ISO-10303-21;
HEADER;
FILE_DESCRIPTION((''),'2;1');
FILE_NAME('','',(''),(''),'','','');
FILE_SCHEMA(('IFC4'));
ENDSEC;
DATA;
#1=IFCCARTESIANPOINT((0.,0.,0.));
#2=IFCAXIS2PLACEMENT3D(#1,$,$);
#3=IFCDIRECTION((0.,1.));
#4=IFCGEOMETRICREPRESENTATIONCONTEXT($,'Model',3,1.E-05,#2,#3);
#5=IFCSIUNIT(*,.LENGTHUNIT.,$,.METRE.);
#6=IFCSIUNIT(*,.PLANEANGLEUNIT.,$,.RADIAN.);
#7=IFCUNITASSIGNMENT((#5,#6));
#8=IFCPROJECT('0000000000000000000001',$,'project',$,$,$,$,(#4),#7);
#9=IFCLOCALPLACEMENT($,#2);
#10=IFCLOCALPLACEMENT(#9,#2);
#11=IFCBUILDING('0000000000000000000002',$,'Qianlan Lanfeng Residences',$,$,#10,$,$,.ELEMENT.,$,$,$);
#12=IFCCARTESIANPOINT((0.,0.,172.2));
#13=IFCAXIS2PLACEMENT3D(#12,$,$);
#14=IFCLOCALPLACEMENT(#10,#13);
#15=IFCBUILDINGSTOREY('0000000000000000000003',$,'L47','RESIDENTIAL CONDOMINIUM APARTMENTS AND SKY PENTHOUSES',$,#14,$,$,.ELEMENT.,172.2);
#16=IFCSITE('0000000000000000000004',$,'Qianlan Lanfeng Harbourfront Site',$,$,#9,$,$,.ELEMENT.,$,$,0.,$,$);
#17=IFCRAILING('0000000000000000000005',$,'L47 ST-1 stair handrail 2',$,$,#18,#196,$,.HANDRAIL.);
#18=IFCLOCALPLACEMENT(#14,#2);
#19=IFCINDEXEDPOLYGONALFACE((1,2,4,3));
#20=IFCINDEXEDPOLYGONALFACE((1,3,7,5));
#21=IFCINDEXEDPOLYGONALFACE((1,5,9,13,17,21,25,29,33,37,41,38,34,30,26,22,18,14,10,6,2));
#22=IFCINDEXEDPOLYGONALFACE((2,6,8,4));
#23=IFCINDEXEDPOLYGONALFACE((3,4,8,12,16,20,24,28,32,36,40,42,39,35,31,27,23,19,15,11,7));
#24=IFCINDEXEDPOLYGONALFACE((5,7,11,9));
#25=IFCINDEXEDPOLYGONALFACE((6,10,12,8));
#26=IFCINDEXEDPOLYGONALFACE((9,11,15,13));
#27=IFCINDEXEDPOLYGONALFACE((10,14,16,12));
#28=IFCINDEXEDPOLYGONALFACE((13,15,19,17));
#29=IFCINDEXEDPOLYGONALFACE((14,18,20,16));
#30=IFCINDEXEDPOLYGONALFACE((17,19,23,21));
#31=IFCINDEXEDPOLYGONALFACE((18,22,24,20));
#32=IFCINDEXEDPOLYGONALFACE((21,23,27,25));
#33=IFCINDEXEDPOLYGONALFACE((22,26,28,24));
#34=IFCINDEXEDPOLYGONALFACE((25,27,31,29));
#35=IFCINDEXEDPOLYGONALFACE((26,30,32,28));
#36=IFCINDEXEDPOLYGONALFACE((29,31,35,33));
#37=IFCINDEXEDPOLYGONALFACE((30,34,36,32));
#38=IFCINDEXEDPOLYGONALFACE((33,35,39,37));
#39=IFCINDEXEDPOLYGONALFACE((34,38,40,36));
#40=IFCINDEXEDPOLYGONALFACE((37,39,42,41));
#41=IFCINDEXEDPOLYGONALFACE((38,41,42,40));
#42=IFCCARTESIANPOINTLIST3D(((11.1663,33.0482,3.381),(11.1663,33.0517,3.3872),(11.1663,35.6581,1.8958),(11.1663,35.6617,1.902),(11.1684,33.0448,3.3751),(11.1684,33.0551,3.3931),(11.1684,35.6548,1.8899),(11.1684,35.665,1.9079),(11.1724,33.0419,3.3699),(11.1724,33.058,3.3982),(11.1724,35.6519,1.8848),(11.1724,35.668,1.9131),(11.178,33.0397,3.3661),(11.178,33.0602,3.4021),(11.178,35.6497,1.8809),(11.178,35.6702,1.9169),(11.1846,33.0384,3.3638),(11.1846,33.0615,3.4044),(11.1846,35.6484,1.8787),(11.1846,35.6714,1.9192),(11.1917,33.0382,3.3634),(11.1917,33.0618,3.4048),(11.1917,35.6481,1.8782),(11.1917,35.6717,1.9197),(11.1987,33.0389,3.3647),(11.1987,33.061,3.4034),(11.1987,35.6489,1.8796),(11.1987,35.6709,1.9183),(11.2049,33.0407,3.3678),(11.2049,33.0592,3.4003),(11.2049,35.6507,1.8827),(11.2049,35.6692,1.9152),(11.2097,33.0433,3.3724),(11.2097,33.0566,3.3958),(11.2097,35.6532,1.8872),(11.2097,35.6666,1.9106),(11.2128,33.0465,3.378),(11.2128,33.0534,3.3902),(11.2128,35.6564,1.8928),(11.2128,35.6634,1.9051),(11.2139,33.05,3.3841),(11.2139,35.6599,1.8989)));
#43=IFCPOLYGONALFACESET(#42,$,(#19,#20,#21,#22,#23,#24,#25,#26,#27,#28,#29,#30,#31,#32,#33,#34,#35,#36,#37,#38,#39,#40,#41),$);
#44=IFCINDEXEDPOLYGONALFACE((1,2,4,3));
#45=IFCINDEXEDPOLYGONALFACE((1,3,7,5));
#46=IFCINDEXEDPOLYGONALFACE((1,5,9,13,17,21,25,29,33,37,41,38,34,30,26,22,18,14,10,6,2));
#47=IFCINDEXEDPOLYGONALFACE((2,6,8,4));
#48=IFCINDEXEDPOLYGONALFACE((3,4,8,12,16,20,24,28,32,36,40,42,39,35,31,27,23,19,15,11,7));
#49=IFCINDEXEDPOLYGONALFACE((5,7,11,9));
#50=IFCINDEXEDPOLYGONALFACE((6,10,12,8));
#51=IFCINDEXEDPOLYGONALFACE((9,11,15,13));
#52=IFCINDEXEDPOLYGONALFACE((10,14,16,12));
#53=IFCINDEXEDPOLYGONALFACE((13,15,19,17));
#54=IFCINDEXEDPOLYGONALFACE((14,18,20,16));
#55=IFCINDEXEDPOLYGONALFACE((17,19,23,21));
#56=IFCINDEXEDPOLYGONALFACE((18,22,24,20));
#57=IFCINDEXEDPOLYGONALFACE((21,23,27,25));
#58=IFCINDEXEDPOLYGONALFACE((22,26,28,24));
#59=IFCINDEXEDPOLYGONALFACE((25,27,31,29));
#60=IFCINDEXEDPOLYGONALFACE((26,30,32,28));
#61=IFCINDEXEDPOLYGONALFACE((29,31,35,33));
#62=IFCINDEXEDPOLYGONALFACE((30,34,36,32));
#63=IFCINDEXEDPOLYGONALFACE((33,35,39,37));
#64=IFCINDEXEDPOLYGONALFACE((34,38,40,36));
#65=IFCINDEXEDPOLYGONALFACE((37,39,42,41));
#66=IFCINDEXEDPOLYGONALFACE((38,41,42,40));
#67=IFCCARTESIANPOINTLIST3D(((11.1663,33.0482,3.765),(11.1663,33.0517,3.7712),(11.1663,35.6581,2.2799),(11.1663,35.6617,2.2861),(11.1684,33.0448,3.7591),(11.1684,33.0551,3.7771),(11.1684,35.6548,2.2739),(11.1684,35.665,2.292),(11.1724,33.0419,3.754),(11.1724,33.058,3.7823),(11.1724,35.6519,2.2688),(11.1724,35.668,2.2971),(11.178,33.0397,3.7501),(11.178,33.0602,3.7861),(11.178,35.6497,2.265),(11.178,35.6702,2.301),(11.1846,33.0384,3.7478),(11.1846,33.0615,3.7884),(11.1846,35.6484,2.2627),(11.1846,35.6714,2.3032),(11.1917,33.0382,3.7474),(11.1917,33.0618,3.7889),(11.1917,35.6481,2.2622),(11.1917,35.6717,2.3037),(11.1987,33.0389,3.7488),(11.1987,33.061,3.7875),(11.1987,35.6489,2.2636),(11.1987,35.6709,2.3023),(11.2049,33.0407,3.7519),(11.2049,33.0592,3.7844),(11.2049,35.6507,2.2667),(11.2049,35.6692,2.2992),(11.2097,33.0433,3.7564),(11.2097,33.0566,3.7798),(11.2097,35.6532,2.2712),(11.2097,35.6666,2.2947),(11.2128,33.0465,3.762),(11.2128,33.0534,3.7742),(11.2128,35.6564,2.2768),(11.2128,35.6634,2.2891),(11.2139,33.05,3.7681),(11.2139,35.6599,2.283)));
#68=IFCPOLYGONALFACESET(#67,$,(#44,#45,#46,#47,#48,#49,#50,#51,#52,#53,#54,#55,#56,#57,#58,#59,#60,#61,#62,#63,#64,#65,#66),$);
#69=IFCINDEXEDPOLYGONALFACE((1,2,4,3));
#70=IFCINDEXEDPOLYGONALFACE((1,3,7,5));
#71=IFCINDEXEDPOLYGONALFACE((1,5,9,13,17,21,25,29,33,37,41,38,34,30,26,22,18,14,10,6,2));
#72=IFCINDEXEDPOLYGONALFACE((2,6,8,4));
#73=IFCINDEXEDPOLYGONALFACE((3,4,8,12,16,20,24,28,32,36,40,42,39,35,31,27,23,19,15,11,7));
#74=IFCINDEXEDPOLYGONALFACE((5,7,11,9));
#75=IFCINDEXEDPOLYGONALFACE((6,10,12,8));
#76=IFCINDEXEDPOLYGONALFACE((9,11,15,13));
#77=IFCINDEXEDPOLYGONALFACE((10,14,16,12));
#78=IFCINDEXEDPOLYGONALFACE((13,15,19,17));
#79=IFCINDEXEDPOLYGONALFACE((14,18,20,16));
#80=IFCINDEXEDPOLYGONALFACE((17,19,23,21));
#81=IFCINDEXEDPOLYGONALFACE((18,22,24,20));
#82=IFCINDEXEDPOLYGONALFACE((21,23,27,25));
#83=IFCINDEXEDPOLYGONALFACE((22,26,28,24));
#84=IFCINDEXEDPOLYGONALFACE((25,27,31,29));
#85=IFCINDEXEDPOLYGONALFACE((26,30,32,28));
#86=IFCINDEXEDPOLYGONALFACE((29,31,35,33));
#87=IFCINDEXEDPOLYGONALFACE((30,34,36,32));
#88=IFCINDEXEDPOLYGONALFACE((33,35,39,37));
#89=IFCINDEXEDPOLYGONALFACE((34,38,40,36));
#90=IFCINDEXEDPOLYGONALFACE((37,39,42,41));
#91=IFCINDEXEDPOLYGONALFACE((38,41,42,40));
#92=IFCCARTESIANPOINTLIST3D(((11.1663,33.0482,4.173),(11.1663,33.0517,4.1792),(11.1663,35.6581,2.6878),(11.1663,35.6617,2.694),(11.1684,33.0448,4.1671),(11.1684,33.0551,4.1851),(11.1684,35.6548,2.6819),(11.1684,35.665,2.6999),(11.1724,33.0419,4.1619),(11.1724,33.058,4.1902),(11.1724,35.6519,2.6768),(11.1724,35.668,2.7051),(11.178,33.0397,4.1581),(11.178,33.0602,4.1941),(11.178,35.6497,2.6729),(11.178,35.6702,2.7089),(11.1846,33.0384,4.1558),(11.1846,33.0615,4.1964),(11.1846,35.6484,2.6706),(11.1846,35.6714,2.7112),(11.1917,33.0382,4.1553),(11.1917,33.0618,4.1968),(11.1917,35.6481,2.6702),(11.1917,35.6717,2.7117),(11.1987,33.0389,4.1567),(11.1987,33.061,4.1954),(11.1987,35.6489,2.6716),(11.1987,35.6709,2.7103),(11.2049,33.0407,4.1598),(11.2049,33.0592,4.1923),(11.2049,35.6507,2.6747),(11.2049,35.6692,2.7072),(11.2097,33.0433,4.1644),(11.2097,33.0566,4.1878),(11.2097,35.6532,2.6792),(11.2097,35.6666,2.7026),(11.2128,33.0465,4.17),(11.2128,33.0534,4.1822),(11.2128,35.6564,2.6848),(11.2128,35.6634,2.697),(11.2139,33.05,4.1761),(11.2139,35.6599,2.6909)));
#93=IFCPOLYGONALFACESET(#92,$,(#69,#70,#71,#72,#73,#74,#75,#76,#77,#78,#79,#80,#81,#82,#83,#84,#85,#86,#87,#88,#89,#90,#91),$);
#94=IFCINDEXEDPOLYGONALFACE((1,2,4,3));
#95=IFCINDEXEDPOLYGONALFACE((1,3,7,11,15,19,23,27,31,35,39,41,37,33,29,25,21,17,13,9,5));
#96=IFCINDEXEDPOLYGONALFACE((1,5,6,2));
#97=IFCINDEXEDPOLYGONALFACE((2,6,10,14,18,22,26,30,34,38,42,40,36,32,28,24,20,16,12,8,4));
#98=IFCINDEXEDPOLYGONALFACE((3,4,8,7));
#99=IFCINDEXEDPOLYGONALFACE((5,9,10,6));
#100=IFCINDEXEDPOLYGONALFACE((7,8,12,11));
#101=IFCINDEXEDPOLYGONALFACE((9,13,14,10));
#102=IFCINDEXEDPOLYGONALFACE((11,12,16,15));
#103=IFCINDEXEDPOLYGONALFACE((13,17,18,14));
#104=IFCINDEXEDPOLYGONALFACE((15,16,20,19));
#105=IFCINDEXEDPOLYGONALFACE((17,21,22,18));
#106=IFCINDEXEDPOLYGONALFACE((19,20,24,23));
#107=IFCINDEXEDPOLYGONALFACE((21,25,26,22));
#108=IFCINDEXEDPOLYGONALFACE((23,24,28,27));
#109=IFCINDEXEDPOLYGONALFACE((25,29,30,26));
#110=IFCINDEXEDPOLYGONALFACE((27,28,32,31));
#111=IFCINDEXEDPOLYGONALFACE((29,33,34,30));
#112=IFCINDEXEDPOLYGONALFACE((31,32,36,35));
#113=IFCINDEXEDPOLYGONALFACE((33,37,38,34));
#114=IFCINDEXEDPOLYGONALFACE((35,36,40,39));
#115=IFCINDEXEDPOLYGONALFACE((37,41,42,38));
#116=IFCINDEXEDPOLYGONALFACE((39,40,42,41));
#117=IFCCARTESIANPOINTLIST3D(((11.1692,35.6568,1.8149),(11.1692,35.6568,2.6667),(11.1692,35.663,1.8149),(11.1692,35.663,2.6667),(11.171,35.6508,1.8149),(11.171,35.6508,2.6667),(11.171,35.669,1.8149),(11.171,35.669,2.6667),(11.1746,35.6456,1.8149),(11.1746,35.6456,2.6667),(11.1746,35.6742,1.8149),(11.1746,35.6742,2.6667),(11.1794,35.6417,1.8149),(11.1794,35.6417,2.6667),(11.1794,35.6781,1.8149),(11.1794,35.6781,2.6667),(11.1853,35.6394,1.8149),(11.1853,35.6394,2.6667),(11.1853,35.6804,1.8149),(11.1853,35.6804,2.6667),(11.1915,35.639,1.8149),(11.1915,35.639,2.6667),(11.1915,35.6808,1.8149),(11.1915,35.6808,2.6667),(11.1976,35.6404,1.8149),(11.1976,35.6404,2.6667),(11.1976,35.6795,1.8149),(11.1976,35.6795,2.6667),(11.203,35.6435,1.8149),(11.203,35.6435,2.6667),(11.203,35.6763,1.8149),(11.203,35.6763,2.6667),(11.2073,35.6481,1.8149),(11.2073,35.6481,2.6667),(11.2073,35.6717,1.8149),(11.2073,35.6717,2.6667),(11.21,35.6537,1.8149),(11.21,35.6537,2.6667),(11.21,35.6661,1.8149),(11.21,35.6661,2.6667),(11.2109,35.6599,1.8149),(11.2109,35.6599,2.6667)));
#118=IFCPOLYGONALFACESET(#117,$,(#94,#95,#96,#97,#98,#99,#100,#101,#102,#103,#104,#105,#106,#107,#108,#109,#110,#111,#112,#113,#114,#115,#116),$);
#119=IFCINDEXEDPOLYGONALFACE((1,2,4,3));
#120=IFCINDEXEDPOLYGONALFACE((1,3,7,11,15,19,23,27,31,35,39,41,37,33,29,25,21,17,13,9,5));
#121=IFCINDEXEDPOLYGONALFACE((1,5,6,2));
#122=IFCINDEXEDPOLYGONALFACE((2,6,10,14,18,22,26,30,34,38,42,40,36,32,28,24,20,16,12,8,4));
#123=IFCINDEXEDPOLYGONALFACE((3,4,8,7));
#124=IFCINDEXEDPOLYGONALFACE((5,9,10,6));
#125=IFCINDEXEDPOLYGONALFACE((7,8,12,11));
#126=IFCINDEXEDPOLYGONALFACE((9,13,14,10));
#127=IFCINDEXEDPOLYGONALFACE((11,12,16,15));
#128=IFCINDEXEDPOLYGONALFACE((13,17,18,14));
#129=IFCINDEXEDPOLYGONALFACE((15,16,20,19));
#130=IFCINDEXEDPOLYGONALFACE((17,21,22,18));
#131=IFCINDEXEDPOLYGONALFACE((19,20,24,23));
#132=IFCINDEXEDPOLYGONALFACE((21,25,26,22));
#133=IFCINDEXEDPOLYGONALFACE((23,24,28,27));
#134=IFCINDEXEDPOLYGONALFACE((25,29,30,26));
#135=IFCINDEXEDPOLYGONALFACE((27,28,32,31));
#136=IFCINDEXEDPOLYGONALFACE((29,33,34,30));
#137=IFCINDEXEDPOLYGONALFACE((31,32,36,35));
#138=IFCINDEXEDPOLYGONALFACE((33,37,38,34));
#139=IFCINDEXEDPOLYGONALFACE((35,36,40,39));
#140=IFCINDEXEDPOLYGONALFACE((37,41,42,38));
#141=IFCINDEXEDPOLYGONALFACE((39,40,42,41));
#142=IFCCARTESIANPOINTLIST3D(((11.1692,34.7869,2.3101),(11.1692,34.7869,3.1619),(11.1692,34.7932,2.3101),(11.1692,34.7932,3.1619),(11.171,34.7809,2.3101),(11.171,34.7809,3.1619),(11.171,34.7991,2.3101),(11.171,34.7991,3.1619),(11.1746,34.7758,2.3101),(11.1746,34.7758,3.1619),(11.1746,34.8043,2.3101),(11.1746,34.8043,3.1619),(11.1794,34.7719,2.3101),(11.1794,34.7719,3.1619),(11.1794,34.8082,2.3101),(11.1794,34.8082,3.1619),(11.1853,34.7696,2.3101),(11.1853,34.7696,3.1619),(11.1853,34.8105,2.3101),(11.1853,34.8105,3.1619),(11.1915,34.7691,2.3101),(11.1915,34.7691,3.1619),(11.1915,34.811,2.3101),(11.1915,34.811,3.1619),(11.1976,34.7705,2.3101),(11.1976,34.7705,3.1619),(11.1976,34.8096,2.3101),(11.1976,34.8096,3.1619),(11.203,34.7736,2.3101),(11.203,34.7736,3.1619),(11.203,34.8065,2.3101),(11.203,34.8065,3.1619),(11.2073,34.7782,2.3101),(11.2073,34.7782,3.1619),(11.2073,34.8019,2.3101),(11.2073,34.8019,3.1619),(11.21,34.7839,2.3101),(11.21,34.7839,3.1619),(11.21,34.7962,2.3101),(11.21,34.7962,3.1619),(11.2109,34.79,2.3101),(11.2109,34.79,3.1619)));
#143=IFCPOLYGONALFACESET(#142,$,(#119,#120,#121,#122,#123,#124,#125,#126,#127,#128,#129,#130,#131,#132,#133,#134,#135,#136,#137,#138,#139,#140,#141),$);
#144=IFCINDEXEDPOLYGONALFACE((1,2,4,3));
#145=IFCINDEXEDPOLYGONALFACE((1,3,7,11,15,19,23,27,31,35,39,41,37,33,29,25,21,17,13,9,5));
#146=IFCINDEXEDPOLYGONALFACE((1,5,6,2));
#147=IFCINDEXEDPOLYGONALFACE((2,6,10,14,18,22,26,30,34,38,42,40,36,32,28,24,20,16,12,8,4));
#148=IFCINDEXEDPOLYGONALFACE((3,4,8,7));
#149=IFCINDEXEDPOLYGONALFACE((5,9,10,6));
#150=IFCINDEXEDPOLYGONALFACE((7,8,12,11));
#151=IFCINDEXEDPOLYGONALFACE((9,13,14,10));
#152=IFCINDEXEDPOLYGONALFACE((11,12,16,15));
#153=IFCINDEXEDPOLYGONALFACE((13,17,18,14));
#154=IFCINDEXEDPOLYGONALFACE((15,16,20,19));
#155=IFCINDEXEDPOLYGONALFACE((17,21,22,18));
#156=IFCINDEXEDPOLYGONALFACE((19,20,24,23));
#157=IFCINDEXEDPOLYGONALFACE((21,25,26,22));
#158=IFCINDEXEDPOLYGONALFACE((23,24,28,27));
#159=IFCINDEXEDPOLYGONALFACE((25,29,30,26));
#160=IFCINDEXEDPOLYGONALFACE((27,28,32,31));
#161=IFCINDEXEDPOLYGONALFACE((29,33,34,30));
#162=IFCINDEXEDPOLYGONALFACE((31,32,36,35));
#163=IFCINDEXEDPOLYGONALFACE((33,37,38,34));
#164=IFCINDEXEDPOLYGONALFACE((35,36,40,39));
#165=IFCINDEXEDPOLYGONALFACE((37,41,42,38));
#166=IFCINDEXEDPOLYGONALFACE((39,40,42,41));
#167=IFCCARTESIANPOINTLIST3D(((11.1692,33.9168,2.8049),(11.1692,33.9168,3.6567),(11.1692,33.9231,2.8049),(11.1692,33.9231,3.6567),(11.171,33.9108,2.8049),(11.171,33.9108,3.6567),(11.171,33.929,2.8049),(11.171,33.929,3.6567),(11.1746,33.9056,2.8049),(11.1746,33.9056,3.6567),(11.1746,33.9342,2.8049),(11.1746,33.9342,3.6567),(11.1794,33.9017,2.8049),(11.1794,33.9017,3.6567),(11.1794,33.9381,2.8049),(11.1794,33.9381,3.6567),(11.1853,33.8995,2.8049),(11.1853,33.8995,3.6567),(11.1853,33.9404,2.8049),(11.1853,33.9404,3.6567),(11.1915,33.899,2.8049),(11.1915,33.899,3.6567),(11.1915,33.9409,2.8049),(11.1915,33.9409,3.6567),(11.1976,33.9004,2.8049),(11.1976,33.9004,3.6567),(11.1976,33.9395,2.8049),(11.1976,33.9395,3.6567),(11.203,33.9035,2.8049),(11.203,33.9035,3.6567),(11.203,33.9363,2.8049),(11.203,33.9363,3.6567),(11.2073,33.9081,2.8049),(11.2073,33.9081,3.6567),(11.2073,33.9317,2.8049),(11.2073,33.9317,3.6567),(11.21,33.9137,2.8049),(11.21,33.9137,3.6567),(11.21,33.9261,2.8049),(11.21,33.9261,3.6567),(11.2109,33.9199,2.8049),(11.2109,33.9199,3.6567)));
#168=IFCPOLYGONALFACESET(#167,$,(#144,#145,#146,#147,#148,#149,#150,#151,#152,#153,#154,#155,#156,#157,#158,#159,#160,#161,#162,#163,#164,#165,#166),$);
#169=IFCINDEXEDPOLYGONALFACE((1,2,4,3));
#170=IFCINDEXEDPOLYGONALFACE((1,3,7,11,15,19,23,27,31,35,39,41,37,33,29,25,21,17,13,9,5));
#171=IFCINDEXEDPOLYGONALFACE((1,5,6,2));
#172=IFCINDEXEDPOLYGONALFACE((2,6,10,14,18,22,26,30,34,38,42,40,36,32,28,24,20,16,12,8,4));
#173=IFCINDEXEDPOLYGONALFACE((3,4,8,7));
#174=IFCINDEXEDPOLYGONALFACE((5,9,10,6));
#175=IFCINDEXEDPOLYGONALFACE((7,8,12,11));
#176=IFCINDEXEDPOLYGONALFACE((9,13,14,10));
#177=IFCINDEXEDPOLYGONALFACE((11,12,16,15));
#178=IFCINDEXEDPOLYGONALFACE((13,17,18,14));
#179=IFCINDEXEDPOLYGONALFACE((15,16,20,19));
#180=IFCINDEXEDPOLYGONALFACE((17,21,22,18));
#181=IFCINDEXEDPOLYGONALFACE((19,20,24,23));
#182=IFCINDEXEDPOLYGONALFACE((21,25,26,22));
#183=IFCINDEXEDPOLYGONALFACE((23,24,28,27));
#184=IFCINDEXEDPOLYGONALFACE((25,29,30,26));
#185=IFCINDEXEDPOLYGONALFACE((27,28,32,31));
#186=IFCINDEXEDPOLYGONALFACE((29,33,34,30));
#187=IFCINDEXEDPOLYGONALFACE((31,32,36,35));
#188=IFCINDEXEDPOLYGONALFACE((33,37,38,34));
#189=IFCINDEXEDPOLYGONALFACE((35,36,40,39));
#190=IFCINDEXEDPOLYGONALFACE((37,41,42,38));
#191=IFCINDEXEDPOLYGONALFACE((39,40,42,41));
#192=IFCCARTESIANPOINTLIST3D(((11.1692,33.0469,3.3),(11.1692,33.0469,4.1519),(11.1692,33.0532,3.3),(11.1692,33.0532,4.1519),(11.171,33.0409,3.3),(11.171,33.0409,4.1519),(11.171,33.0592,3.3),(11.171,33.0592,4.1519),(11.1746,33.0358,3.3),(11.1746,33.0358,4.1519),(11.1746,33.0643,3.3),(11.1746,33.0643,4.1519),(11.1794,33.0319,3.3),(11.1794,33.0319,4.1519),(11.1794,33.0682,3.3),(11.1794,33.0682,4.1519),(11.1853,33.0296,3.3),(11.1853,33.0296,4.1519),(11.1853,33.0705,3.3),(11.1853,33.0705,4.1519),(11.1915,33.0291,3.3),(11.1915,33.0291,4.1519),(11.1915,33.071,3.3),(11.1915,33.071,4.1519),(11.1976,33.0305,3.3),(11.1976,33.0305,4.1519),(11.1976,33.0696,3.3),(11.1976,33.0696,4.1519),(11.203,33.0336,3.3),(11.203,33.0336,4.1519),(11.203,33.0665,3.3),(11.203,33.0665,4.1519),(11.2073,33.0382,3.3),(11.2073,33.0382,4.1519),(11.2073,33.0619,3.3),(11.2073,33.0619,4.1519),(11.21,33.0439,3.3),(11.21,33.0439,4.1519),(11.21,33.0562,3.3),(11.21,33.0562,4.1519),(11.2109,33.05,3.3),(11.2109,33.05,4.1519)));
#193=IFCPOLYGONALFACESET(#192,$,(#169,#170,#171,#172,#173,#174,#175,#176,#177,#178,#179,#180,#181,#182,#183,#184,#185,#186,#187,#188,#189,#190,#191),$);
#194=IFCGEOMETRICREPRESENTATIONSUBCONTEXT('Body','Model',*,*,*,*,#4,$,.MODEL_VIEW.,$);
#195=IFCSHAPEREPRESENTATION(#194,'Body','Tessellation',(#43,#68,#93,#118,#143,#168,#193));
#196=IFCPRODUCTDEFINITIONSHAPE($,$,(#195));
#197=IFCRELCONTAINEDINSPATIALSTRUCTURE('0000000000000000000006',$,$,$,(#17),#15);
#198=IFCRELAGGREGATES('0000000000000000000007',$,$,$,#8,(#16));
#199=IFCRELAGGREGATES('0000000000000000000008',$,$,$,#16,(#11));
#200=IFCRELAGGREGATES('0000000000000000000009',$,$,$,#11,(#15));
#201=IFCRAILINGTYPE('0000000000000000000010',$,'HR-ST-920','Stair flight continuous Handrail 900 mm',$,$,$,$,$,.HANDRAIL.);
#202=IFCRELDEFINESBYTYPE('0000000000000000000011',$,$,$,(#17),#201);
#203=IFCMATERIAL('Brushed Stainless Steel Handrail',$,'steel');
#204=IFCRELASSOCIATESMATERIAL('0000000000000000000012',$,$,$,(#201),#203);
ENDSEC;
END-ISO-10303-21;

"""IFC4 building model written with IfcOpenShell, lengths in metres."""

from ifc_helpers import new_model, si_unit, direction, frame, origin, origin_2d, place, context, subcontext, project, spatial, circle, extrude, material, type_object, element, save


model = new_model("IFC4")

# Units and contexts
model_context = context("Model", 3, precision=1e-05, world=origin(), true_north=direction((0.0, 1.0)))
body_context = subcontext(model_context, "Body", "Model", "MODEL_VIEW")
ifc_project = project(units=[si_unit("LENGTHUNIT", "METRE"), si_unit("PLANEANGLEUNIT", "RADIAN")], contexts=[model_context])

# Site, building, storey
site_placement = place(None, origin())
site = spatial("IfcSite", under=ifc_project, at=site_placement, Name="Qianlan Lanfeng Harbourfront Site", CompositionType="ELEMENT", RefElevation=0.0)
building_placement = place(site_placement, origin())
building = spatial("IfcBuilding", under=site, at=building_placement, Name="Qianlan Lanfeng Residences", CompositionType="ELEMENT")
storey_placement = place(building_placement, frame((0.0, 0.0, 172.2)))
storey = spatial("IfcBuildingStorey", under=building, at=storey_placement, Name="L47", Description="RESIDENTIAL CONDOMINIUM APARTMENTS AND SKY PENTHOUSES", CompositionType="ELEMENT", Elevation=172.2)

# Railing
ifc_material_1 = material(Name="Brushed Stainless Steel Handrail", Category="steel")
railing_type_1 = type_object("IfcRailingType", Name="HR-ST-920", Description="Stair flight continuous Handrail 900 mm", PredefinedType="HANDRAIL", material=ifc_material_1)
railing_1_placement = place(storey_placement, frame((11.1899, 35.6599, 1.8149)))
element("IfcRailing", 1, at=railing_1_placement, inside=storey, type_object=railing_type_1, Name="L47 ST-1 stair handrail 2", PredefinedType="HANDRAIL", context=body_context, shape_type="SweptSolid", body=[
    extrude(circle(Radius=0.0239, at=origin_2d()), frame((0.0, 0.0, 0.084), z_axis=(0.0, -0.869137, 0.494571), x_axis=(1.0, 0.0, 0.0)), (0.0, 0.0, 1.0), 3.0029),
    extrude(circle(Radius=0.0239, at=origin_2d()), frame((0.0, 0.0, 0.468), z_axis=(0.0, -0.869137, 0.494571), x_axis=(1.0, 0.0, 0.0)), (0.0, 0.0, 1.0), 3.0029),
    extrude(circle(Radius=0.0239, at=origin_2d()), frame((0.0, 0.0, 0.876), z_axis=(0.0, -0.869137, 0.494571), x_axis=(1.0, 0.0, 0.0)), (0.0, 0.0, 1.0), 3.0029),
    extrude(circle(Radius=0.021, at=origin_2d()), origin(), (0.0, 0.0, 1.0), 0.8518),
    extrude(circle(Radius=0.021, at=origin_2d()), frame((0.0, -0.8699, 0.4951)), (0.0, 0.0, 1.0), 0.8518),
    extrude(circle(Radius=0.021, at=origin_2d()), frame((0.0, -1.74, 0.99)), (0.0, 0.0, 1.0), 0.8518),
    extrude(circle(Radius=0.021, at=origin_2d()), frame((0.0, -2.6099, 1.4851)), (0.0, 0.0, 1.0), 0.8518),
])

save(model, "model.ifc")
